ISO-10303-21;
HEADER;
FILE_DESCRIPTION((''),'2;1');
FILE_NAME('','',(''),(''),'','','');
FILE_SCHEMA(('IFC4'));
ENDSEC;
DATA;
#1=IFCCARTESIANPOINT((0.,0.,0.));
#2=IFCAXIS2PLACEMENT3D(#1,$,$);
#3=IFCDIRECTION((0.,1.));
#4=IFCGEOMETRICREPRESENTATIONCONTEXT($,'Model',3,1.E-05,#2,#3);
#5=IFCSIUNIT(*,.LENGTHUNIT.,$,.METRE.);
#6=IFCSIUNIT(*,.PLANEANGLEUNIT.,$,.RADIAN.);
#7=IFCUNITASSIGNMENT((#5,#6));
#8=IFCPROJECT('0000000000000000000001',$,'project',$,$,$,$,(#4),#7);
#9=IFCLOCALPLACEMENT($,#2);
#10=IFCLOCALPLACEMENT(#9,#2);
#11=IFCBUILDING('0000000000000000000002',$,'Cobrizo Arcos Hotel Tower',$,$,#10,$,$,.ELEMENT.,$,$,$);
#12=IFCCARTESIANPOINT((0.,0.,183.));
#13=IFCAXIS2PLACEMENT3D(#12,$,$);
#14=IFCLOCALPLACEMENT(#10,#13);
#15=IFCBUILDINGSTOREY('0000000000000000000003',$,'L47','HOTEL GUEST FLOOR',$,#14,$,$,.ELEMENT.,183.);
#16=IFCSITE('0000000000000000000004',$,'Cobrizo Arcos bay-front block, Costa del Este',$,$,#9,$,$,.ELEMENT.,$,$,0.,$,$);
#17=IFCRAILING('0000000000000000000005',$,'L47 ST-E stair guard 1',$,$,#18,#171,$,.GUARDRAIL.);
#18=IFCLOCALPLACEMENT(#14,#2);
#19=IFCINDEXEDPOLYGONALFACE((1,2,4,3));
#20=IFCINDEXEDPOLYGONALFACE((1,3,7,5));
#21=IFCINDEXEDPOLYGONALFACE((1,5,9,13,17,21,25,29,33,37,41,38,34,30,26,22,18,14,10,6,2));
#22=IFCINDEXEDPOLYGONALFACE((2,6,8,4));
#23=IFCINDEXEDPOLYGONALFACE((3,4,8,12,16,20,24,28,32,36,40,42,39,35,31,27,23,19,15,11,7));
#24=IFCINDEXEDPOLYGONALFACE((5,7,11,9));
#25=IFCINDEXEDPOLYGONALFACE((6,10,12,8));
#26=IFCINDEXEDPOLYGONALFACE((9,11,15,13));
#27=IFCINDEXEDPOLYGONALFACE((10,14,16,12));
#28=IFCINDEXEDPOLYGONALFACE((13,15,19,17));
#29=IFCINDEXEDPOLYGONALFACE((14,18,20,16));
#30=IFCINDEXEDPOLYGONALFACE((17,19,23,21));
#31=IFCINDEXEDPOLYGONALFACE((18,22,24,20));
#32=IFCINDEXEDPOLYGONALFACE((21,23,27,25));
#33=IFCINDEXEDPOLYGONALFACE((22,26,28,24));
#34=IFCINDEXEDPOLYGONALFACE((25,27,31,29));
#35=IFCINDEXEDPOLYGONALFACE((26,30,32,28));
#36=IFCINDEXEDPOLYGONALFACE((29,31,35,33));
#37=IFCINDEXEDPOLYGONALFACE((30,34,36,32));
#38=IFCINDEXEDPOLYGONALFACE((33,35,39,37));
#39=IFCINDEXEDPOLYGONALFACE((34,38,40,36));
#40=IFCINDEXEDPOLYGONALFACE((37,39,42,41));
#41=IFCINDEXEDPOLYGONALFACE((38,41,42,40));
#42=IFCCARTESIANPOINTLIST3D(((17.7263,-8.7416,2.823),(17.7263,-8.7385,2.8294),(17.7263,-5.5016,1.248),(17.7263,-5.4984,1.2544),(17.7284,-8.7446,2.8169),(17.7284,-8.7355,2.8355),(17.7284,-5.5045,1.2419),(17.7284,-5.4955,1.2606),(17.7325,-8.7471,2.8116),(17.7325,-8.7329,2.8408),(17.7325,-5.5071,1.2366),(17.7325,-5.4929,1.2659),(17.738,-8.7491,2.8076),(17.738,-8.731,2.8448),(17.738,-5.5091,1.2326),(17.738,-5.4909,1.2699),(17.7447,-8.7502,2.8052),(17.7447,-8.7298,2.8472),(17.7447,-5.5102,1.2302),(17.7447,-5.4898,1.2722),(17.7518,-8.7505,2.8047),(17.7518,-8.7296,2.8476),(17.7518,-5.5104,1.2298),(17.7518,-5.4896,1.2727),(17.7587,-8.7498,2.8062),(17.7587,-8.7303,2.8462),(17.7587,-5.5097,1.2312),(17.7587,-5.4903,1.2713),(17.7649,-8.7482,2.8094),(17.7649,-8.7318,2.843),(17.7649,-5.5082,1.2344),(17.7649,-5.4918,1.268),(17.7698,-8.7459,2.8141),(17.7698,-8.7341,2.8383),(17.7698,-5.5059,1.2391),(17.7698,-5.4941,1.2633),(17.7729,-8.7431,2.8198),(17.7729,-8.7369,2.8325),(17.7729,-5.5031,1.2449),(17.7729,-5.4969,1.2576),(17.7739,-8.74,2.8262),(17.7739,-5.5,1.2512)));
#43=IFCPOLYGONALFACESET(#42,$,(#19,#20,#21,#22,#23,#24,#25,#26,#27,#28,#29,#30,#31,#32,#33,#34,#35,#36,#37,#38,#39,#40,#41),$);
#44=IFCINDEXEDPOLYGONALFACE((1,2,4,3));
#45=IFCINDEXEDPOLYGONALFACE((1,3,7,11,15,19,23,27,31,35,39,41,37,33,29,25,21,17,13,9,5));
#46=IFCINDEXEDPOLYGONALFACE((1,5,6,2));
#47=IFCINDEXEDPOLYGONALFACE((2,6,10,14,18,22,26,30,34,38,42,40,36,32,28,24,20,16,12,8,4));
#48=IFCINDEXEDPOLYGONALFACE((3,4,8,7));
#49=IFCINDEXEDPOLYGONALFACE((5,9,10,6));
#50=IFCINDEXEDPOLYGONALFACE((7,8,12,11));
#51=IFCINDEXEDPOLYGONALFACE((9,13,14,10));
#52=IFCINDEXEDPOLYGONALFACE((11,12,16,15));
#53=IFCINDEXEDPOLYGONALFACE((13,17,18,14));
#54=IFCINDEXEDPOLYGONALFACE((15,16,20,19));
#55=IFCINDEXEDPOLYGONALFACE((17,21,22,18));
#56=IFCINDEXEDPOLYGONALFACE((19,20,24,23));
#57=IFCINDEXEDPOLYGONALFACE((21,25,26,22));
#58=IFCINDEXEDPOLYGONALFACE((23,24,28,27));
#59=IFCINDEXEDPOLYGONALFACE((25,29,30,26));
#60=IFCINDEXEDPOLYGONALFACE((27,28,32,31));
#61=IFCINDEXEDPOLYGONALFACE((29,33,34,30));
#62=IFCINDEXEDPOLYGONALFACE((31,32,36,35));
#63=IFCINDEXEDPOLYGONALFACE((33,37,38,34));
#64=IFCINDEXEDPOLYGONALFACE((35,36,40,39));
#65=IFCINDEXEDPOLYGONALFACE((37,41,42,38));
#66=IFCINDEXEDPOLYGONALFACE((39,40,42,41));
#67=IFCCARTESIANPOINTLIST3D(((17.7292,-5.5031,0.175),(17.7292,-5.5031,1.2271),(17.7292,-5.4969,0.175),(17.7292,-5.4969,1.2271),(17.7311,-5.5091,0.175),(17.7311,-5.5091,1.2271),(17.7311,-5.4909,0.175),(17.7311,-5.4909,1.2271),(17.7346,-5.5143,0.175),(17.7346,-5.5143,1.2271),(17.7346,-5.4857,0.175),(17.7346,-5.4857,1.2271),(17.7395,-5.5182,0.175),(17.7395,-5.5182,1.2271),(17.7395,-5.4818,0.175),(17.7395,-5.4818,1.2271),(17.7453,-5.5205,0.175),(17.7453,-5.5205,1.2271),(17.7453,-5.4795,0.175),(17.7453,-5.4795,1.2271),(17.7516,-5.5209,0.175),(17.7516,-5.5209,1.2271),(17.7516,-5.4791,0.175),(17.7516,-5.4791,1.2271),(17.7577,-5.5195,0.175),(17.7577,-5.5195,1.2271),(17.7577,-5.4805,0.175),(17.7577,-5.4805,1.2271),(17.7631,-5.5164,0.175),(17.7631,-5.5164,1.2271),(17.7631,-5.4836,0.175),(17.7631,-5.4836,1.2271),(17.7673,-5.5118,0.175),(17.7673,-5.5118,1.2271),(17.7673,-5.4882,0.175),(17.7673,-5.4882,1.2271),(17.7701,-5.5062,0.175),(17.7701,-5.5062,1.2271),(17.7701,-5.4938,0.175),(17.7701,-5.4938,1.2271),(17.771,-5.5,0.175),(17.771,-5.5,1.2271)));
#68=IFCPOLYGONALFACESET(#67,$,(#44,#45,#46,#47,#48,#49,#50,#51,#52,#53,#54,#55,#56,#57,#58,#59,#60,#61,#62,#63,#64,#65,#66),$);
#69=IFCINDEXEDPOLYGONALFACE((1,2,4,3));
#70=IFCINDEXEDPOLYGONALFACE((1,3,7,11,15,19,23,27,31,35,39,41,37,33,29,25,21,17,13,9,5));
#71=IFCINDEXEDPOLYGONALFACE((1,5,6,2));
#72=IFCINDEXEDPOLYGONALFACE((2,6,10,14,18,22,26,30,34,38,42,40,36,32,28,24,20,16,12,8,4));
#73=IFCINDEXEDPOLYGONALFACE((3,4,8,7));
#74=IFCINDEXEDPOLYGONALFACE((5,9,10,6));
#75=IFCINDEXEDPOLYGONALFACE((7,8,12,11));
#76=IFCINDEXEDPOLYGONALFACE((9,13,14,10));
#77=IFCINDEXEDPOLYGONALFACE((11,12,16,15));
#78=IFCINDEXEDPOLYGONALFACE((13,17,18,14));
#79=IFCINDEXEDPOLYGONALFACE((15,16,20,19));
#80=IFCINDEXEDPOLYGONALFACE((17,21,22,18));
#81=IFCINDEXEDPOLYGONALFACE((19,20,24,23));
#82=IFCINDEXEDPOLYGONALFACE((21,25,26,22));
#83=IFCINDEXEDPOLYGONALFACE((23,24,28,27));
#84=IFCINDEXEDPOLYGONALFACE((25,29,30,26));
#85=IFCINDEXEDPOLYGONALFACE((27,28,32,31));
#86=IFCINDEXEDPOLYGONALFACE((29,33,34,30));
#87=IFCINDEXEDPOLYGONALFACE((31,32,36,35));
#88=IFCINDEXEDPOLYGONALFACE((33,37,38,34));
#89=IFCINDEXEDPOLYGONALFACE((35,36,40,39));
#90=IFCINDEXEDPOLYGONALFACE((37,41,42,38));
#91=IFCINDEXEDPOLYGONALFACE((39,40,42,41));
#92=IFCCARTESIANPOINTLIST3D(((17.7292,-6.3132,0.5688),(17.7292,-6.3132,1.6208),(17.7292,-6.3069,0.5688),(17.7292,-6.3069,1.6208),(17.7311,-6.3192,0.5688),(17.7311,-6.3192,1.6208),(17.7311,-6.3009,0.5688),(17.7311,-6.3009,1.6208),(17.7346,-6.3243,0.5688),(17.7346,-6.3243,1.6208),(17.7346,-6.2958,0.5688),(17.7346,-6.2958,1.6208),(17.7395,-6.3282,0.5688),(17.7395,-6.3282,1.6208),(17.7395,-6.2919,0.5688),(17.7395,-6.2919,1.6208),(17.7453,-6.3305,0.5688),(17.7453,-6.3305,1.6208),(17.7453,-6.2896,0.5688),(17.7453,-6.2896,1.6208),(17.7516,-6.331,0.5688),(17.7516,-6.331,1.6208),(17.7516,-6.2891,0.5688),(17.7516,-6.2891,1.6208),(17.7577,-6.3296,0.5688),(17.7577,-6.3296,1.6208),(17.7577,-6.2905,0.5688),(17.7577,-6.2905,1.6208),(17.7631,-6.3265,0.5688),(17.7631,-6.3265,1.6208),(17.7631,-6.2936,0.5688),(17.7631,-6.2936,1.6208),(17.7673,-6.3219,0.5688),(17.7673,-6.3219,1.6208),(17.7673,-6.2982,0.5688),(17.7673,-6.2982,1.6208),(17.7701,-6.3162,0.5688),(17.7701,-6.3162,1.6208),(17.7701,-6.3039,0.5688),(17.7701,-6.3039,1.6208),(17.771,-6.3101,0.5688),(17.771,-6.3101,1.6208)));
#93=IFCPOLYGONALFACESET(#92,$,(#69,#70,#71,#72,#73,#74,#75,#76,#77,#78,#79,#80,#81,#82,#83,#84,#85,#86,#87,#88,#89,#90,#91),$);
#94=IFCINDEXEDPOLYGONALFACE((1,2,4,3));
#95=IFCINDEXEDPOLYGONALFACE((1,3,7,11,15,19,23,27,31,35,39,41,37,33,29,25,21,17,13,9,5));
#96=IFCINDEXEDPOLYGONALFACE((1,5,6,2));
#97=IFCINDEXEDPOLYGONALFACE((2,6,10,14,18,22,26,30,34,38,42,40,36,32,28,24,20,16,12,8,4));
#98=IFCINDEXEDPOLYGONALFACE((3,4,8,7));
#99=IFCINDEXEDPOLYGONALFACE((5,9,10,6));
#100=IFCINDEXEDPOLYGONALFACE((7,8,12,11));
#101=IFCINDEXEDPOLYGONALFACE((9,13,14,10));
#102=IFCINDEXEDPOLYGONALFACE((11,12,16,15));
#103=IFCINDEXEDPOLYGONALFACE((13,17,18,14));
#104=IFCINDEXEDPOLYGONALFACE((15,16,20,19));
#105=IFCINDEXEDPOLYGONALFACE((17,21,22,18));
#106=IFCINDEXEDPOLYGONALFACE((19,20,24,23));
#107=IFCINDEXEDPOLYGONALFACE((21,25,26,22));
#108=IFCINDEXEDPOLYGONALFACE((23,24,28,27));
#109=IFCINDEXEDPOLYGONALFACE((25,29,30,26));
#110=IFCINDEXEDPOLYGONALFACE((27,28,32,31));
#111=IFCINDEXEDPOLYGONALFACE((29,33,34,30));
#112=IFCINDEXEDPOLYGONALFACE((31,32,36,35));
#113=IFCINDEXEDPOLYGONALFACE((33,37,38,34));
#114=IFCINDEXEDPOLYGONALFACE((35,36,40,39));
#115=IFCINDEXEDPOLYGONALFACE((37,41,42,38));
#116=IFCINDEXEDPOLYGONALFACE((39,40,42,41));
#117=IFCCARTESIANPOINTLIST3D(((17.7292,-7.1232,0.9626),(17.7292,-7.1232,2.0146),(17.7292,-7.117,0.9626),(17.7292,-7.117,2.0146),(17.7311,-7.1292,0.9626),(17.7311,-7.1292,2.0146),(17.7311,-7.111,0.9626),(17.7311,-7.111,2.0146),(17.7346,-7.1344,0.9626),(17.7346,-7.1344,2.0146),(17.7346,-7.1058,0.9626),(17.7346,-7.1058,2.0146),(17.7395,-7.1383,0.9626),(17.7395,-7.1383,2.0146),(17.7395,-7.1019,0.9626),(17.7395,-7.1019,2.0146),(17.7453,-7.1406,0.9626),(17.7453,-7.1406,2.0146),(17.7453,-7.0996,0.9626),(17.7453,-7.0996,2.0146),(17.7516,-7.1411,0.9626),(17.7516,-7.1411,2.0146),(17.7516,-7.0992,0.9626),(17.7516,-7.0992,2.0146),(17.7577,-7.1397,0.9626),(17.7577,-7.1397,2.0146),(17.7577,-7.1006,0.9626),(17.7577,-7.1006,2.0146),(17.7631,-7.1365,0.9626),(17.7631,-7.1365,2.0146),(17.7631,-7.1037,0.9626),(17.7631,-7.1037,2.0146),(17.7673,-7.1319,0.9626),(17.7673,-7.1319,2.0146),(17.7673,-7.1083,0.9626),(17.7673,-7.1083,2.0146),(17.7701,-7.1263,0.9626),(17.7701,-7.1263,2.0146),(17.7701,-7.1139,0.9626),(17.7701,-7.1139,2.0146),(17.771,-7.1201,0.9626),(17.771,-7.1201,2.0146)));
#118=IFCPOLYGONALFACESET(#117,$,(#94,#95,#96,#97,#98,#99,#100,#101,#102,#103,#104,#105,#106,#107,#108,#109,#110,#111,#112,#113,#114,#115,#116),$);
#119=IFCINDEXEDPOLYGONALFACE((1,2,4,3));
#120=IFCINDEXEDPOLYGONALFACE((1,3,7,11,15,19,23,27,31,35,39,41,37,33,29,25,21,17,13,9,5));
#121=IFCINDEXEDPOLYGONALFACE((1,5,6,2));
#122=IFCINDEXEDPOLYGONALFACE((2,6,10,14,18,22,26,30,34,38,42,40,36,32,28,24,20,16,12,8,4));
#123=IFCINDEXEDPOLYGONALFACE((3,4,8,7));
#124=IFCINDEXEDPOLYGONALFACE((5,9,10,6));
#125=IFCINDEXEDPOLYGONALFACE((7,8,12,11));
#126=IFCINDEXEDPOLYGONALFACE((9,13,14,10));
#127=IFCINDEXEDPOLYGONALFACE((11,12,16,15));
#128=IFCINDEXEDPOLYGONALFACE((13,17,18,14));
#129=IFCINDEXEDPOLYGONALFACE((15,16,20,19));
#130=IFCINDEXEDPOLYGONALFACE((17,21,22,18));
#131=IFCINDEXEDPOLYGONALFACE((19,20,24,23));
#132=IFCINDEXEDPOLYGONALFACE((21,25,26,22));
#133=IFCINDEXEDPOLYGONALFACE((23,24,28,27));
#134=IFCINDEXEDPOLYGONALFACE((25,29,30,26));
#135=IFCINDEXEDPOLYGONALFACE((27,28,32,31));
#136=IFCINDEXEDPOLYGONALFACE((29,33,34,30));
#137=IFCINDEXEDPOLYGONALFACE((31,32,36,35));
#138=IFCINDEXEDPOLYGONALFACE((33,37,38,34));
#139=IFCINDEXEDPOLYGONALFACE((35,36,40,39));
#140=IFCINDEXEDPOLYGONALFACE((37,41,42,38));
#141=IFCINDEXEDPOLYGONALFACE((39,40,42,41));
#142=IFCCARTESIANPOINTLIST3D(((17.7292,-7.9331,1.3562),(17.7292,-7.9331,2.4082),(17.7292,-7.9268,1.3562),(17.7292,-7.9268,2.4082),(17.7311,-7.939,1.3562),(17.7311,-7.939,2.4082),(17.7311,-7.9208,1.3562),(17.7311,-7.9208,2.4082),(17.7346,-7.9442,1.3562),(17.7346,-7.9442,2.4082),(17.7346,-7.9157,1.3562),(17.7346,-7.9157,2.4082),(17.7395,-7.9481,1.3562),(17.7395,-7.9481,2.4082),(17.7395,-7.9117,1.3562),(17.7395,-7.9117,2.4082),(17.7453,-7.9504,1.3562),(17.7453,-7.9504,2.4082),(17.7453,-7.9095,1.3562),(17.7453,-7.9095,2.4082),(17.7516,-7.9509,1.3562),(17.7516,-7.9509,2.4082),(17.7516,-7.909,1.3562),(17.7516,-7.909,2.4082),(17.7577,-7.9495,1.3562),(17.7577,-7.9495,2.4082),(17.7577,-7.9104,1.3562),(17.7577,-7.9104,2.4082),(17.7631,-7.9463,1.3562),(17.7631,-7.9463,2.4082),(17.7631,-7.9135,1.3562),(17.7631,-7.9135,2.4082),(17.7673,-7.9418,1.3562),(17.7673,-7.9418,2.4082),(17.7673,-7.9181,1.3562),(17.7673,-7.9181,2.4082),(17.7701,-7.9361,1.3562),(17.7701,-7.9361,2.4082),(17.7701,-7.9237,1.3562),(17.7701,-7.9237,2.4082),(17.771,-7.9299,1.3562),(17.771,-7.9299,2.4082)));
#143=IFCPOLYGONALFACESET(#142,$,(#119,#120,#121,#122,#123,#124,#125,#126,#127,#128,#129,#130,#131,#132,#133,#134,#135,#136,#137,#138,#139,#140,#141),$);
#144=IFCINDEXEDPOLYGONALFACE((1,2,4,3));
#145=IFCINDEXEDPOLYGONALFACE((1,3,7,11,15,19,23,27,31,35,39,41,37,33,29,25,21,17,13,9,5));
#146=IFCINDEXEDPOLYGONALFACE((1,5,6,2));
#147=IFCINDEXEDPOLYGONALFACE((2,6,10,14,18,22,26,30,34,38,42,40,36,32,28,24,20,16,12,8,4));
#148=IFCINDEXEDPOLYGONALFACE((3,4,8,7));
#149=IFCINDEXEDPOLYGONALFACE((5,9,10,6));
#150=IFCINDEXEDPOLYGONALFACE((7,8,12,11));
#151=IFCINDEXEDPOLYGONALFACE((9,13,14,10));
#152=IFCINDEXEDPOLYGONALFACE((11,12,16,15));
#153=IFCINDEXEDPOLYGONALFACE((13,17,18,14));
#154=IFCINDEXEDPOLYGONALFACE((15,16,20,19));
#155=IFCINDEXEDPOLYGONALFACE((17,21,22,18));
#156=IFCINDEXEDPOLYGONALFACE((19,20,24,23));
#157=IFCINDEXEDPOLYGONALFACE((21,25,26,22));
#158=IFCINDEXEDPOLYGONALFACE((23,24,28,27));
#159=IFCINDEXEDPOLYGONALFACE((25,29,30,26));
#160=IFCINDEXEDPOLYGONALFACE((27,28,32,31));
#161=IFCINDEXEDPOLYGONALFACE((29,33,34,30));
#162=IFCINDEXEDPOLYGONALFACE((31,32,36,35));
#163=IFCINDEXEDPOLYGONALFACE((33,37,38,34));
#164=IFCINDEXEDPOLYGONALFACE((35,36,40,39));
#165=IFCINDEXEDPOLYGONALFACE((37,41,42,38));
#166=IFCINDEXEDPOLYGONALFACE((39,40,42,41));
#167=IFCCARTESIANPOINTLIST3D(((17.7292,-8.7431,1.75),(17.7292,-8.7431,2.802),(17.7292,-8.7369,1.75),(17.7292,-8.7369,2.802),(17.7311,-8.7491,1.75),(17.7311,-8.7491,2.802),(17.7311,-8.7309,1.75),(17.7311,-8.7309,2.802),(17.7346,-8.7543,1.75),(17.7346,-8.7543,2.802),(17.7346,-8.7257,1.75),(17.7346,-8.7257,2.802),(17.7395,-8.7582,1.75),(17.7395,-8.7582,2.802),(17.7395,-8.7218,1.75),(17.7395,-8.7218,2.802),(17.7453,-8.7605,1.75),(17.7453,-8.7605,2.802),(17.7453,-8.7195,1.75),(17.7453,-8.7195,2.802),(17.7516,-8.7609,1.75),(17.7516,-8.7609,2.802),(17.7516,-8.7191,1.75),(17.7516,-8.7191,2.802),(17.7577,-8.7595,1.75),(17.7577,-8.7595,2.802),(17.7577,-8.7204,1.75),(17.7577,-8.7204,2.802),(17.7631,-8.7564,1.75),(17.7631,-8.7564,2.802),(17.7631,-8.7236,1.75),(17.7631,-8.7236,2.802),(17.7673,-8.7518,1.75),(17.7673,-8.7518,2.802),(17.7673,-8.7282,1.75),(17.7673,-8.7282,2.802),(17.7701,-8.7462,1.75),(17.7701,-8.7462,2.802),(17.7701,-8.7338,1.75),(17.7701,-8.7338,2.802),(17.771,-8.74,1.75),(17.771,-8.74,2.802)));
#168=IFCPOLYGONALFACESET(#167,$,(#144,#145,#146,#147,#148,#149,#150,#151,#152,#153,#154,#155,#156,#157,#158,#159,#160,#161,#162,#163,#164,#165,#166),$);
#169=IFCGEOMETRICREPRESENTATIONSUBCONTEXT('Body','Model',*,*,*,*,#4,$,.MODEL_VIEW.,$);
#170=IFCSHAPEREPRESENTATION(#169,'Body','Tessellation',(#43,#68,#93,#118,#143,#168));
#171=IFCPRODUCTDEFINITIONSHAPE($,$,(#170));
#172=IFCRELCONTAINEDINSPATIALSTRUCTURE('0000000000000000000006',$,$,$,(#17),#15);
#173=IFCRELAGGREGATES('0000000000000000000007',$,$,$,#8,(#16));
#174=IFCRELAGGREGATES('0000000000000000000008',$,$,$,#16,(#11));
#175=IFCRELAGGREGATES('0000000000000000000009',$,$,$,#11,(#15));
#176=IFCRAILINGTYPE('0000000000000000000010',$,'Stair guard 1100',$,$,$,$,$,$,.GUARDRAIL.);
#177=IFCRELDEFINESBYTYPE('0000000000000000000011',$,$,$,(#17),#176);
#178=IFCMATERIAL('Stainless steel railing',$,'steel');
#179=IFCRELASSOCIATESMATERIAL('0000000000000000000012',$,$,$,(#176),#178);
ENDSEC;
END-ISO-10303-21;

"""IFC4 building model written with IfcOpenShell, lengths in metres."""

from ifc_helpers import new_model, si_unit, direction, frame, origin, origin_2d, place, context, subcontext, project, spatial, circle, extrude, material, type_object, element, save


model = new_model("IFC4")

# Units and contexts
model_context = context("Model", 3, precision=1e-05, world=origin(), true_north=direction((0.0, 1.0)))
body_context = subcontext(model_context, "Body", "Model", "MODEL_VIEW")
ifc_project = project(units=[si_unit("LENGTHUNIT", "METRE"), si_unit("PLANEANGLEUNIT", "RADIAN")], contexts=[model_context])

# Site, building, storey
site_placement = place(None, origin())
site = spatial("IfcSite", under=ifc_project, at=site_placement, Name="Cobrizo Arcos bay-front block, Costa del Este", CompositionType="ELEMENT", RefElevation=0.0)
building_placement = place(site_placement, origin())
building = spatial("IfcBuilding", under=site, at=building_placement, Name="Cobrizo Arcos Hotel Tower", CompositionType="ELEMENT")
storey_placement = place(building_placement, frame((0.0, 0.0, 183.0)))
storey = spatial("IfcBuildingStorey", under=building, at=storey_placement, Name="L47", Description="HOTEL GUEST FLOOR", CompositionType="ELEMENT", Elevation=183.0)

# Railing
ifc_material_1 = material(Name="Stainless steel railing", Category="steel")
railing_type_1 = type_object("IfcRailingType", Name="Stair guard 1100", PredefinedType="GUARDRAIL", material=ifc_material_1)
railing_1_placement = place(storey_placement, frame((17.75, -5.5, 0.175)))
element("IfcRailing", 1, at=railing_1_placement, inside=storey, type_object=railing_type_1, Name="L47 ST-E stair guard 1", PredefinedType="GUARDRAIL", context=body_context, shape_type="SweptSolid", body=[
    extrude(circle(Radius=0.0239, at=origin_2d()), frame((0.0, 0.0, 1.0762), z_axis=(0.0, -0.899373, 0.437183), x_axis=(1.0, 0.0, 0.0)), (0.0, 0.0, 1.0), 3.6025),
    extrude(circle(Radius=0.021, at=origin_2d()), origin(), (0.0, 0.0, 1.0), 1.052),
    extrude(circle(Radius=0.021, at=origin_2d()), frame((0.0, -0.8101, 0.3938)), (0.0, 0.0, 1.0), 1.052),
    extrude(circle(Radius=0.021, at=origin_2d()), frame((0.0, -1.6201, 0.7876)), (0.0, 0.0, 1.0), 1.052),
    extrude(circle(Radius=0.021, at=origin_2d()), frame((0.0, -2.4299, 1.1812)), (0.0, 0.0, 1.0), 1.052),
    extrude(circle(Radius=0.021, at=origin_2d()), frame((0.0, -3.24, 1.575)), (0.0, 0.0, 1.0), 1.052),
])

save(model, "model.ifc")
